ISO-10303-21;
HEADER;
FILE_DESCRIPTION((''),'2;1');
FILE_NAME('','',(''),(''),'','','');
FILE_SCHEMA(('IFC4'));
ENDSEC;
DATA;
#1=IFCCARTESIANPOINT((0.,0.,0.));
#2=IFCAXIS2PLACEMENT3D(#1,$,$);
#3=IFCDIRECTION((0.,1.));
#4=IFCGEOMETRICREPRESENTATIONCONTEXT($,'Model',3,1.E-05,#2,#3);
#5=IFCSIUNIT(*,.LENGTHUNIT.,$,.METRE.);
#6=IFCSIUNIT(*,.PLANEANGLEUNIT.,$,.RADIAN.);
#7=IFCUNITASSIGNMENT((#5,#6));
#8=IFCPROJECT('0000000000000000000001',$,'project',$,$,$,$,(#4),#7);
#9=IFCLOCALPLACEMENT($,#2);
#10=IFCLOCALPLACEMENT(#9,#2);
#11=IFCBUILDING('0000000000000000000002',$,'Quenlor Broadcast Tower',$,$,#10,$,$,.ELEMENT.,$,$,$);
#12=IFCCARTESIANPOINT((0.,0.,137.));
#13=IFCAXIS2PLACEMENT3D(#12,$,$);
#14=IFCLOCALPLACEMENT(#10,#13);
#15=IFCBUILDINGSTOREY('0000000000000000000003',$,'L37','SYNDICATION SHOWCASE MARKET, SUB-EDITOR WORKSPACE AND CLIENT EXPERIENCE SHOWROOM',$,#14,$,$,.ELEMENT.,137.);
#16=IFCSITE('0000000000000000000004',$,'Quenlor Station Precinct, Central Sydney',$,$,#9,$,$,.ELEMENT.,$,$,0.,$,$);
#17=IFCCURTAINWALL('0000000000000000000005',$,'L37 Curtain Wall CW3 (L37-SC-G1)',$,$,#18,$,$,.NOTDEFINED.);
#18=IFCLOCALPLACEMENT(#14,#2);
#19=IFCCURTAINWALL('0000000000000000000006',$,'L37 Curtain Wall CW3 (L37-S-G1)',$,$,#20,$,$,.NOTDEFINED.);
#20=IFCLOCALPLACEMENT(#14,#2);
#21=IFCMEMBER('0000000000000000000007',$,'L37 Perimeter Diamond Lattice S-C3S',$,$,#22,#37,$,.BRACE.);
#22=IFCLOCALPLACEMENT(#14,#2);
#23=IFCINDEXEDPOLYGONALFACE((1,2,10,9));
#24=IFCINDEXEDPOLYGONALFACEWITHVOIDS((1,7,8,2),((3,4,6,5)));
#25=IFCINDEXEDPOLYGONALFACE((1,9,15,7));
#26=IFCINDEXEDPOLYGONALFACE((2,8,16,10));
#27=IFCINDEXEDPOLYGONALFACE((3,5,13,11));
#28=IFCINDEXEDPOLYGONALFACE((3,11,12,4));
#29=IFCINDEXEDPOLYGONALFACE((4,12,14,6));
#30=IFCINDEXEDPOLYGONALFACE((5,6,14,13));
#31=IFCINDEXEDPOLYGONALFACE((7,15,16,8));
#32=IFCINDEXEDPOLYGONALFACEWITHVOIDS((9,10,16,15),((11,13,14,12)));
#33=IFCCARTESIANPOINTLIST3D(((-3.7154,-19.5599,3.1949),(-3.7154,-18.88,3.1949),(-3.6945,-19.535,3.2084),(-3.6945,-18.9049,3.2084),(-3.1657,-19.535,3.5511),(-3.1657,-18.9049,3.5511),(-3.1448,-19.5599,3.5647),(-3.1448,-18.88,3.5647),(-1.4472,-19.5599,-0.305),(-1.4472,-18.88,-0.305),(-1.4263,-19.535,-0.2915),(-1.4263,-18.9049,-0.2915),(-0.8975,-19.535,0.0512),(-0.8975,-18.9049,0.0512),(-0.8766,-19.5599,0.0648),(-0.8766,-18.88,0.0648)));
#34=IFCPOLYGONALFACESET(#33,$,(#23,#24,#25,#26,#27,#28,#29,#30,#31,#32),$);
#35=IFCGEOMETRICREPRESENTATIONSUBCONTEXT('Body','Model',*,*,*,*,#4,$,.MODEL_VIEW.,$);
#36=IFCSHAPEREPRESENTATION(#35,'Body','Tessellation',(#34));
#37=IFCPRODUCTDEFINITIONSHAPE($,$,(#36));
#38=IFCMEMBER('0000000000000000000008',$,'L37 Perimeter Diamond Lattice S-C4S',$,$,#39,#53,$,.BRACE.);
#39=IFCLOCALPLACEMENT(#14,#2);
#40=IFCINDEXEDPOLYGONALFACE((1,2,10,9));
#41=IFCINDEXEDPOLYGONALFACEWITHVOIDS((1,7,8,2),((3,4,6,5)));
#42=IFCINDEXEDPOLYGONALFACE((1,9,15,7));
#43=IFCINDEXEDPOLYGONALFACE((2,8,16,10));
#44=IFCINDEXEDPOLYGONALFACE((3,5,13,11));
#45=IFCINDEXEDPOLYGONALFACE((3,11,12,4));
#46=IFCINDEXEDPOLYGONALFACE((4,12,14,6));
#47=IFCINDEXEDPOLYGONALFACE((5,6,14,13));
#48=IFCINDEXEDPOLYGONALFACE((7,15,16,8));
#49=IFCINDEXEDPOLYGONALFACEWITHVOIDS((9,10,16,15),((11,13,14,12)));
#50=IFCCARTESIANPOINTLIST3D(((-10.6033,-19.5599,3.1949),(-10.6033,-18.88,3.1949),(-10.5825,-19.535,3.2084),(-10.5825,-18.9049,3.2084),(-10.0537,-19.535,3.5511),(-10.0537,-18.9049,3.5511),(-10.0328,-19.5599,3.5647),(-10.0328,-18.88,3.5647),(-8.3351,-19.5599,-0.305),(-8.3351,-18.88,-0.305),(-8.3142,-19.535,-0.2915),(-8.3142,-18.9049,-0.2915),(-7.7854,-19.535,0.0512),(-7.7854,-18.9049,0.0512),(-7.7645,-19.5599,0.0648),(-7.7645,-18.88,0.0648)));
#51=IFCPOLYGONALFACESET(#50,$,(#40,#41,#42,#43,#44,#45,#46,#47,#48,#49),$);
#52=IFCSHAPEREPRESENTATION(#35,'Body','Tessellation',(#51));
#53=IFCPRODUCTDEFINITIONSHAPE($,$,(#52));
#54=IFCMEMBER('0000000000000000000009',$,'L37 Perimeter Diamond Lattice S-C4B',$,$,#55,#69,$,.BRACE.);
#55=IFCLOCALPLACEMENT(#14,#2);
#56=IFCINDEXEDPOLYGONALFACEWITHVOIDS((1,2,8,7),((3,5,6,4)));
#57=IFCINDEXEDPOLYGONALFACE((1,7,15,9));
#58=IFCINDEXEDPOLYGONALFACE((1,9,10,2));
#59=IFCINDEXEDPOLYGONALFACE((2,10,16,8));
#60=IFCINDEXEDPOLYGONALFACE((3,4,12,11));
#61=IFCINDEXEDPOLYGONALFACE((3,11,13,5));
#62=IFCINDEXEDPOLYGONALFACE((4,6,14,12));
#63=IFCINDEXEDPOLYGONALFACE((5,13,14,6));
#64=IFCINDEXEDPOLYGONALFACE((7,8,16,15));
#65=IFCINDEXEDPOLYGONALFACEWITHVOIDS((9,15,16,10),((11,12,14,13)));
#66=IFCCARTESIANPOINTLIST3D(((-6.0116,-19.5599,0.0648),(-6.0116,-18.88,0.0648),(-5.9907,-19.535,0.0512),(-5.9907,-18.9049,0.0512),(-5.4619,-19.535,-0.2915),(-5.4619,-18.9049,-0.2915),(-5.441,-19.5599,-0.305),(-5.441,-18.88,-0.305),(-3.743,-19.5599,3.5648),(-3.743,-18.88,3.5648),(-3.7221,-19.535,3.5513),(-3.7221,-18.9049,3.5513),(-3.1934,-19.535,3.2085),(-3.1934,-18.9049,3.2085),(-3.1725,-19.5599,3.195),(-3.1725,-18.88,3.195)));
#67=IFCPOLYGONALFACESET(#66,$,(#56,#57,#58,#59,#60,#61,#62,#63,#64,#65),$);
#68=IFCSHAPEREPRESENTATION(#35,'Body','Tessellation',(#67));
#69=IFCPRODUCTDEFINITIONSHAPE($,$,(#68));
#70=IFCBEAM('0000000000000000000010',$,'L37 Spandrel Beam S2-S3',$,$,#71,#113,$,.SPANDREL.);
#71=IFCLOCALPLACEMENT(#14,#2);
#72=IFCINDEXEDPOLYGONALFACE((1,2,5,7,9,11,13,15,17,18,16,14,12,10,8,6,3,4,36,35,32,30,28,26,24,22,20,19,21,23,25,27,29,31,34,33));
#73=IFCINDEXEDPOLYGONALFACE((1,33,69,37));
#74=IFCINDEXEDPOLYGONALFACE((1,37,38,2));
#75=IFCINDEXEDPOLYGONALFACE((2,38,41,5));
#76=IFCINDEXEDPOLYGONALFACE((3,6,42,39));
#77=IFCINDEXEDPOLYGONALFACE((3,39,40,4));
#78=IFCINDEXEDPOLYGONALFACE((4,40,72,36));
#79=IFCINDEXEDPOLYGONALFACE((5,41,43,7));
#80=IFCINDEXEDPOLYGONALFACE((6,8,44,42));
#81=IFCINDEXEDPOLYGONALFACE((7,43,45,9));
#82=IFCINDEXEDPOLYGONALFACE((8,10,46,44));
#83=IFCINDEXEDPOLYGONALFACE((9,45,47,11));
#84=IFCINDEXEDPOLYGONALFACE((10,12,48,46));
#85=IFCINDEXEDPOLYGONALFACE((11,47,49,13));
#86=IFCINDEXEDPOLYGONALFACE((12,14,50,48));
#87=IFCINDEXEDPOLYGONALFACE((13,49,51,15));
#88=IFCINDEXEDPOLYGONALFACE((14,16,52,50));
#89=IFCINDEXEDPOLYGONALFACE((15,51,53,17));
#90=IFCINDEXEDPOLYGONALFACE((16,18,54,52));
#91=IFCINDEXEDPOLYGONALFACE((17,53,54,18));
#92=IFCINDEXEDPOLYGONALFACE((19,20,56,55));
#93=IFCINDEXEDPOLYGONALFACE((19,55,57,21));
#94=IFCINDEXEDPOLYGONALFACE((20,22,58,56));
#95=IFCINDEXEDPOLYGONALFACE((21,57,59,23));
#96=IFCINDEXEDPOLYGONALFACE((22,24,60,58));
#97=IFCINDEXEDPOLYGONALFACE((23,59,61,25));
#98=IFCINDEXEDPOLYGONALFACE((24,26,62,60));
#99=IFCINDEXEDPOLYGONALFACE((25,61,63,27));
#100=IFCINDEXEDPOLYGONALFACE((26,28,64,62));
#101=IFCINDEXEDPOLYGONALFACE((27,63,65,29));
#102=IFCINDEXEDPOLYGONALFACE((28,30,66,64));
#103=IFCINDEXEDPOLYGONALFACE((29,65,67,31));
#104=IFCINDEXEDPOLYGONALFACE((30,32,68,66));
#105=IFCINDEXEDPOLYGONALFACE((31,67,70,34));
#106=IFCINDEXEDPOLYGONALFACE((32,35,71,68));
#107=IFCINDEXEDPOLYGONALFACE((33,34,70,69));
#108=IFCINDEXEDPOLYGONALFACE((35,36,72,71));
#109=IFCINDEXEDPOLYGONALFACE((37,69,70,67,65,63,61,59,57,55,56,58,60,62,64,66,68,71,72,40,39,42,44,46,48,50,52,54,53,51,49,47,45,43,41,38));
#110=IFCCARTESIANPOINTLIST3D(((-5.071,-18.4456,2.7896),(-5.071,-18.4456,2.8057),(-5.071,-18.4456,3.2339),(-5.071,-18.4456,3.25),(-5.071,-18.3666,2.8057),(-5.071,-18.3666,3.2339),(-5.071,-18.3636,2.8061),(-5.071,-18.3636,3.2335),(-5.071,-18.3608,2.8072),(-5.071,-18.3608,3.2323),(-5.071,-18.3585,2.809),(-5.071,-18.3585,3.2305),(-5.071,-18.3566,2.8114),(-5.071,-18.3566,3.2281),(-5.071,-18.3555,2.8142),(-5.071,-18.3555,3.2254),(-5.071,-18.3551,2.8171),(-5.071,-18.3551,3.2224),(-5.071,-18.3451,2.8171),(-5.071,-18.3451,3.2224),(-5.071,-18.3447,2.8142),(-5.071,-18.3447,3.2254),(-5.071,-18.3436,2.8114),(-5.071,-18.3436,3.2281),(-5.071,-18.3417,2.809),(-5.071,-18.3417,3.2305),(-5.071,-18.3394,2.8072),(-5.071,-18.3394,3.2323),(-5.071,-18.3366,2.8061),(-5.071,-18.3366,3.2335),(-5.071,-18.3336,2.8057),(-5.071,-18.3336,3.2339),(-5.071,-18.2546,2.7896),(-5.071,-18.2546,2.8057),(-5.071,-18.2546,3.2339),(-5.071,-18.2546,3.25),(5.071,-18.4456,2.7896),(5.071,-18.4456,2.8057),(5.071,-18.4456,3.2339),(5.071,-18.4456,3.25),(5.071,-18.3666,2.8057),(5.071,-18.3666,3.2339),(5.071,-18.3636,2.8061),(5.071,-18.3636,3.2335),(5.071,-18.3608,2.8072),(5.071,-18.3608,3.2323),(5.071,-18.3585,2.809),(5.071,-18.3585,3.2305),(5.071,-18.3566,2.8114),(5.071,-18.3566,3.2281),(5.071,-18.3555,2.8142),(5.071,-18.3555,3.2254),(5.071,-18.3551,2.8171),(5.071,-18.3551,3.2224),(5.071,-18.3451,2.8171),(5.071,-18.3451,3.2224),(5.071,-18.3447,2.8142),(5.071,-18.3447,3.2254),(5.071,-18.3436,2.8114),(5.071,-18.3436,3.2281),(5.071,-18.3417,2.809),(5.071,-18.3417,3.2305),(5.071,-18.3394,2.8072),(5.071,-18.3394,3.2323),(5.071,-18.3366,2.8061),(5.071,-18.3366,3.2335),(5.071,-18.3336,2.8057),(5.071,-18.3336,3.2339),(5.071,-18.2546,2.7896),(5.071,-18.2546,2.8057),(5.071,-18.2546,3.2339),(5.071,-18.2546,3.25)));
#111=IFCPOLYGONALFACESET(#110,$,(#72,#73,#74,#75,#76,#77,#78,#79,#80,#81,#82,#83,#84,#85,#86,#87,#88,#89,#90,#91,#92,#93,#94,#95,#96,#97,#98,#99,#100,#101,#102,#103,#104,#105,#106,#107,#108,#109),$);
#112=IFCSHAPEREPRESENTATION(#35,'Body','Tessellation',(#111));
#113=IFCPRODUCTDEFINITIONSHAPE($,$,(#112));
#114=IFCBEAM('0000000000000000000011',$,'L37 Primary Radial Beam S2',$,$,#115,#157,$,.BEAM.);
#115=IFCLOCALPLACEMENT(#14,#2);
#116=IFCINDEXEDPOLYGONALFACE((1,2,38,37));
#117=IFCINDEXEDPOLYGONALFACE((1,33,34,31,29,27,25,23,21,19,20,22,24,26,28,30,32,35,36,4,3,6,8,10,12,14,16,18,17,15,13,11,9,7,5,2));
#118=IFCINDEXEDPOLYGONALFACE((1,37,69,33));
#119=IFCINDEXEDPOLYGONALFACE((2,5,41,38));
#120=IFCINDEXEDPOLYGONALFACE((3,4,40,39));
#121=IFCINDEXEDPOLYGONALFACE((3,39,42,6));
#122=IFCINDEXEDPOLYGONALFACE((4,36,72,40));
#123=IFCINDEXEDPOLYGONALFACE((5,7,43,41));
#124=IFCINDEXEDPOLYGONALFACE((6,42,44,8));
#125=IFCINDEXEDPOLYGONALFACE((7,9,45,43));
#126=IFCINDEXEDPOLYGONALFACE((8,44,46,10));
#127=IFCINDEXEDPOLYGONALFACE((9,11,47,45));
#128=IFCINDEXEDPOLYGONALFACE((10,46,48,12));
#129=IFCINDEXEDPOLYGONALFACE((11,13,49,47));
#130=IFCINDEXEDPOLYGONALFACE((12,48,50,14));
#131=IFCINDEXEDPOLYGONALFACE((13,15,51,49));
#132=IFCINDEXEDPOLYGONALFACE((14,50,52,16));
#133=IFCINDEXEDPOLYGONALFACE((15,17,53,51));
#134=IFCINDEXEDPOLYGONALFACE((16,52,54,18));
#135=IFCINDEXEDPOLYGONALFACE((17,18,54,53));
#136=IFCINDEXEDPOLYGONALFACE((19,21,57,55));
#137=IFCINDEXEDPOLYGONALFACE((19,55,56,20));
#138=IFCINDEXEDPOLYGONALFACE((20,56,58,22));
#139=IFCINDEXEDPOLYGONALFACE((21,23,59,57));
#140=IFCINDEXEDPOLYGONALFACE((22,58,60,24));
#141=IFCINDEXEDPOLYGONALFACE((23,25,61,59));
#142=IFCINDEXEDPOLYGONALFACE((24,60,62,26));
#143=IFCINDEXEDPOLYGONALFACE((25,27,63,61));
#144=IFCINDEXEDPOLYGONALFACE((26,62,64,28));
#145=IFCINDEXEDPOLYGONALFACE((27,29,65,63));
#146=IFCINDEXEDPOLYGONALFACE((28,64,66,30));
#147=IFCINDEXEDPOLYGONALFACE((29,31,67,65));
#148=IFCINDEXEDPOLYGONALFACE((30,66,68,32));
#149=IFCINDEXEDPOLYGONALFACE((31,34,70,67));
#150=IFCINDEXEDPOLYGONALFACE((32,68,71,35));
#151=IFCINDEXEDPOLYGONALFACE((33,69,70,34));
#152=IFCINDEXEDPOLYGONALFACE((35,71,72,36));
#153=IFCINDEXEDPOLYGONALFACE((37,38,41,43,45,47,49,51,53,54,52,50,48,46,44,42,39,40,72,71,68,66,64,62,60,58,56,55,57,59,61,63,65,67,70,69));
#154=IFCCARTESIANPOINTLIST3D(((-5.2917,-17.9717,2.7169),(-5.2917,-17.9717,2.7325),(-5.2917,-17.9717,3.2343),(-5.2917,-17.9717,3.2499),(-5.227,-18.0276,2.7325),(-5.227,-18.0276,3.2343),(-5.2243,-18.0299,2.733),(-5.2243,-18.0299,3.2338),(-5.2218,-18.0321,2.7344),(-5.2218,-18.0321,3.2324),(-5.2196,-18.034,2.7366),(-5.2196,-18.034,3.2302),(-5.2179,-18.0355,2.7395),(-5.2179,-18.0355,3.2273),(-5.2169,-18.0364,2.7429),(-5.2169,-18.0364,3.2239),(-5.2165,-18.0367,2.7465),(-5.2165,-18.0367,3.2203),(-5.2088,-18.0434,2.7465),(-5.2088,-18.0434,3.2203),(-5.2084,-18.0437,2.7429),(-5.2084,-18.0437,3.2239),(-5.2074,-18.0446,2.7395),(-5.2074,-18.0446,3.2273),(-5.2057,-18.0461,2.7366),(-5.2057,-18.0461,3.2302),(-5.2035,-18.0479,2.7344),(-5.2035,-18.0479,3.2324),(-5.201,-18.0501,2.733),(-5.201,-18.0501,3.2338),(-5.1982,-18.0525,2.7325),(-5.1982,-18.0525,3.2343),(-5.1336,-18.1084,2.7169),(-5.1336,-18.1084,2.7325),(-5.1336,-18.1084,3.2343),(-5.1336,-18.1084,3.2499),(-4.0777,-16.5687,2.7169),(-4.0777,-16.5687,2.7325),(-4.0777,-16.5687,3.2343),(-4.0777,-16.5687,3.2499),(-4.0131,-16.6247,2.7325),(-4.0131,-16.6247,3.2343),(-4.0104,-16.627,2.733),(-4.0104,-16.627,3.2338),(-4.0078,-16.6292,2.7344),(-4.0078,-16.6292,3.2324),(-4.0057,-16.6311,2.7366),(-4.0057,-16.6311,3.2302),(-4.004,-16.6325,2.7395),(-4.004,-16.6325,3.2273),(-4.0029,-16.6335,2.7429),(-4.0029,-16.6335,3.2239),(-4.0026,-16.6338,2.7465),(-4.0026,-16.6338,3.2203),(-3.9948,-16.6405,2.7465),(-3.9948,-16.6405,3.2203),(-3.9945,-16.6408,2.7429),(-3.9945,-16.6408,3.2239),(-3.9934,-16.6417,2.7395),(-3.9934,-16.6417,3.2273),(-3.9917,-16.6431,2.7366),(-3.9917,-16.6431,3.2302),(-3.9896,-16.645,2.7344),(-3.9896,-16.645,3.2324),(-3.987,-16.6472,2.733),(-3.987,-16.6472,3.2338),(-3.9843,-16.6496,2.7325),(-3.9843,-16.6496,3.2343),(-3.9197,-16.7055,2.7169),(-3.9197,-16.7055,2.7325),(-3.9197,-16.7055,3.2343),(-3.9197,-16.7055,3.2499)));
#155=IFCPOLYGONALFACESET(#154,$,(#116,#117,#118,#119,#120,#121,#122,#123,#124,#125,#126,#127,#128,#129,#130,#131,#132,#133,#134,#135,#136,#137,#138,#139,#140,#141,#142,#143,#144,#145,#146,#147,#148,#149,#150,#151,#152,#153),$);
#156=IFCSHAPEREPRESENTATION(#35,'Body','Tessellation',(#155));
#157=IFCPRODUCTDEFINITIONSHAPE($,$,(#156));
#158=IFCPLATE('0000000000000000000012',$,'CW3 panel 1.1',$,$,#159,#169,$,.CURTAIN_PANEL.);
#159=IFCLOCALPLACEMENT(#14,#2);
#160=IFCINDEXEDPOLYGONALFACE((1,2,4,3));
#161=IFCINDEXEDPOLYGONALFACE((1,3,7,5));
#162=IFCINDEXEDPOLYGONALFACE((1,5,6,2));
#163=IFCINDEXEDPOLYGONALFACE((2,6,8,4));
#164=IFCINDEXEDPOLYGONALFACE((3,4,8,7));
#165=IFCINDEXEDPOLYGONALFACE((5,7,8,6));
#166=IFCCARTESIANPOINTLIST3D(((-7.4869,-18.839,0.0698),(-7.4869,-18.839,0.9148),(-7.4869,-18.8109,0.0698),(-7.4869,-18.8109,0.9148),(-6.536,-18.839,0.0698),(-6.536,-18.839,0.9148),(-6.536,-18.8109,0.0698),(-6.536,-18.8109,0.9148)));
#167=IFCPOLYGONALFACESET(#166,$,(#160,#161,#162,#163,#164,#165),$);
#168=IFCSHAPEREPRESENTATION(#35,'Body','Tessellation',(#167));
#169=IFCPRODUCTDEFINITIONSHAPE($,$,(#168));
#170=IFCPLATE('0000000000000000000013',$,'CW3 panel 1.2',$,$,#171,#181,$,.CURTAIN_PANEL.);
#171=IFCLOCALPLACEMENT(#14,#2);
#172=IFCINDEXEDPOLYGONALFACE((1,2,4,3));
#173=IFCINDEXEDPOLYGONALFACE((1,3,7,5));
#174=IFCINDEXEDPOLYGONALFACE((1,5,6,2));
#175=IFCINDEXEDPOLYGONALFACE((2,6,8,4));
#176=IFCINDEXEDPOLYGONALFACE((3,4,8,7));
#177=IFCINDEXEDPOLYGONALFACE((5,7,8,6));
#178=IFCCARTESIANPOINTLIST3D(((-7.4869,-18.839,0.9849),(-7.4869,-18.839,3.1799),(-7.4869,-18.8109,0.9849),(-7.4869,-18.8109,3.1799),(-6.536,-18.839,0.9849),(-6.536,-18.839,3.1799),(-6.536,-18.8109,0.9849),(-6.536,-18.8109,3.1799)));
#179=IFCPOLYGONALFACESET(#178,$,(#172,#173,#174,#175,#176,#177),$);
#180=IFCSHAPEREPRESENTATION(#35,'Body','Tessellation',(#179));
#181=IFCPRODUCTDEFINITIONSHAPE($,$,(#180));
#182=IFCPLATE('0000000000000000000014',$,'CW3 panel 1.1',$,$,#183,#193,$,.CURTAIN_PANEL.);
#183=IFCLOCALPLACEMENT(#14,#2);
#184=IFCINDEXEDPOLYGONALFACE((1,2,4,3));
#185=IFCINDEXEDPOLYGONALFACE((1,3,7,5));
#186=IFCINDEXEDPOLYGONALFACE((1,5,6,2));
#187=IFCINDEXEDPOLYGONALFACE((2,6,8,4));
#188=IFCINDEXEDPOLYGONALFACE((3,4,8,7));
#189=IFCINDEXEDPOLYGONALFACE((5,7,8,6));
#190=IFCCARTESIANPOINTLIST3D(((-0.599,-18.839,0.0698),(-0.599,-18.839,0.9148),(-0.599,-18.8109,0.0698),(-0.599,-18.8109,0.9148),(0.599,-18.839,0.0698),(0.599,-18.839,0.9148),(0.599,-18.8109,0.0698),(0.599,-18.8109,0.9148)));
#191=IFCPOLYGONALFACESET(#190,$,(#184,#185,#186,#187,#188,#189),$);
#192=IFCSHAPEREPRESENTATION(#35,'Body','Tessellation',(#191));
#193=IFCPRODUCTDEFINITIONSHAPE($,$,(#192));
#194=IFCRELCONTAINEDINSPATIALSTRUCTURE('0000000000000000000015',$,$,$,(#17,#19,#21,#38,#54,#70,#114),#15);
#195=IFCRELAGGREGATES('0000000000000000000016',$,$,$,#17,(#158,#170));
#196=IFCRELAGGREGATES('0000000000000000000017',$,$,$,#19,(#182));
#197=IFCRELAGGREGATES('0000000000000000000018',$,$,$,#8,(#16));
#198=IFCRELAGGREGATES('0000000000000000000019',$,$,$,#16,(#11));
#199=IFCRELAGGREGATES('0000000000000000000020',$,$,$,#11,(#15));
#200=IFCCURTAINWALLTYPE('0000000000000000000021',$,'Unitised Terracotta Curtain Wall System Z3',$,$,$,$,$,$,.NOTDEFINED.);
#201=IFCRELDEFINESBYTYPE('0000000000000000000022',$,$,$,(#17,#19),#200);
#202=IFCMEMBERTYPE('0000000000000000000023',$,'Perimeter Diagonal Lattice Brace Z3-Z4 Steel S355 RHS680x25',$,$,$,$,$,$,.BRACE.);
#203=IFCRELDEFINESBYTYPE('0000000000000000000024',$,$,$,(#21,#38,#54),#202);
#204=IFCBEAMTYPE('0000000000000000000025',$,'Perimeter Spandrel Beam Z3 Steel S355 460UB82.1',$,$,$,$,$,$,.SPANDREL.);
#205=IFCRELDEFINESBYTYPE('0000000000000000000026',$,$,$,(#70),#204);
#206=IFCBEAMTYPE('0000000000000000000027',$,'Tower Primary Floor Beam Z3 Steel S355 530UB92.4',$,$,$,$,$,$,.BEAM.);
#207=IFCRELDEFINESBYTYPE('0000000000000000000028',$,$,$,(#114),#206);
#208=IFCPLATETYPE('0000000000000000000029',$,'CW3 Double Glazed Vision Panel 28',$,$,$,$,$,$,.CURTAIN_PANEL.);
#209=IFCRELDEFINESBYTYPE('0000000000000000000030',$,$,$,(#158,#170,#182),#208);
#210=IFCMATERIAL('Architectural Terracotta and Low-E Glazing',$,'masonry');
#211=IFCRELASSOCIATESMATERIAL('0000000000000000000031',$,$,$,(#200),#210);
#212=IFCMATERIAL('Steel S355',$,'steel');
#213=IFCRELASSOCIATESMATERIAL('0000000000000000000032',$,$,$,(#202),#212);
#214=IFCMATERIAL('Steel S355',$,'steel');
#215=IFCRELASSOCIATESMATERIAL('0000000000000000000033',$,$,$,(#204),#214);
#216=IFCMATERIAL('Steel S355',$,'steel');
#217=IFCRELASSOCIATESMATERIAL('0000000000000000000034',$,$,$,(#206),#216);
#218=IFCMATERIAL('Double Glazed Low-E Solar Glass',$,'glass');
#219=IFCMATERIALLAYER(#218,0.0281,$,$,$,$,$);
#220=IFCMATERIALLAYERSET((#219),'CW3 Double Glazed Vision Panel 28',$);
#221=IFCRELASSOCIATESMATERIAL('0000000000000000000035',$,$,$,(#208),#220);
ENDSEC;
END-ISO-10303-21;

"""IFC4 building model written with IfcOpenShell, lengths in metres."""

from ifc_helpers import new_model, si_unit, direction, frame, origin, origin_2d, place, context, subcontext, project, spatial, rectangle, hollow_rectangle, i_section, extrude, material, layer, layer_set, material_profile, profile_set, type_object, element, aggregate, save


model = new_model("IFC4")

# Units and contexts
model_context = context("Model", 3, precision=1e-05, world=origin(), true_north=direction((0.0, 1.0)))
body_context = subcontext(model_context, "Body", "Model", "MODEL_VIEW")
ifc_project = project(units=[si_unit("LENGTHUNIT", "METRE"), si_unit("PLANEANGLEUNIT", "RADIAN")], contexts=[model_context])

# Site, building, storey
site_placement = place(None, origin())
site = spatial("IfcSite", under=ifc_project, at=site_placement, Name="Quenlor Station Precinct, Central Sydney", CompositionType="ELEMENT", RefElevation=0.0)
building_placement = place(site_placement, origin())
building = spatial("IfcBuilding", under=site, at=building_placement, Name="Quenlor Broadcast Tower", CompositionType="ELEMENT")
storey_placement = place(building_placement, frame((0.0, 0.0, 137.0)))
storey = spatial("IfcBuildingStorey", under=building, at=storey_placement, Name="L37", Description="SYNDICATION SHOWCASE MARKET, SUB-EDITOR WORKSPACE AND CLIENT EXPERIENCE SHOWROOM", CompositionType="ELEMENT", Elevation=137.0)

# Curtain wall
ifc_material_1 = material(Name="Architectural Terracotta and Low-E Glazing", Category="masonry")
curtain_wall_type = type_object("IfcCurtainWallType", Name="Unitised Terracotta Curtain Wall System Z3", PredefinedType="NOTDEFINED", material=ifc_material_1)
curtain_wall_1_placement = place(storey_placement, origin())
curtain_wall_1 = element("IfcCurtainWall", 1, at=curtain_wall_1_placement, inside=storey, type_object=curtain_wall_type, Name="L37 Curtain Wall CW3 (L37-SC-G1)", PredefinedType="NOTDEFINED")

# Curtain wall
curtain_wall_2_placement = place(storey_placement, origin())
curtain_wall_2 = element("IfcCurtainWall", 2, at=curtain_wall_2_placement, inside=storey, type_object=curtain_wall_type, Name="L37 Curtain Wall CW3 (L37-S-G1)", PredefinedType="NOTDEFINED")

# Members
ifc_material_2 = material(Name="Steel S355", Category="steel")
ifc_material_profile_1 = material_profile(ifc_material_2, hollow_rectangle(XDim=0.6799, YDim=0.6799, WallThickness=0.0249, at=origin_2d()))
ifc_profile_set_1 = profile_set([ifc_material_profile_1], Name="Steel S355 RHS680x680x25")
member_type_1 = type_object("IfcMemberType", Name="Perimeter Diagonal Lattice Brace Z3-Z4 Steel S355 RHS680x25", PredefinedType="BRACE", material=ifc_profile_set_1)
for number, where, z_axis, x_axis, name in (
    (3, (-1.1619, -19.22, -0.1201), (-0.54386, 0.0, 0.839176), (0.0, -1.0, 0.0), "L37 Perimeter Diamond Lattice S-C3S"),
    (4, (-8.0498, -19.22, -0.1201), (-0.54386, 0.0, 0.839176), (0.0, -1.0, 0.0), "L37 Perimeter Diamond Lattice S-C4S"),
):
    element("IfcMember", number, at=place(storey_placement, frame(where, z_axis=z_axis, x_axis=x_axis)), inside=storey, type_object=member_type_1, Name=name, PredefinedType="BRACE", context=body_context, shape_type="SweptSolid", body=[
        extrude(hollow_rectangle(XDim=0.6799, YDim=0.6799, WallThickness=0.0249, at=origin_2d()), origin(), (0.0, 0.0, 1.0), 4.1707),
    ])
member_1_placement = place(storey_placement, frame((-5.7263, -19.22, -0.1201), z_axis=(0.543902, 0.0, 0.839149), x_axis=(0.0, 1.0, 0.0)))
element("IfcMember", 5, at=member_1_placement, inside=storey, type_object=member_type_1, Name="L37 Perimeter Diamond Lattice S-C4B", PredefinedType="BRACE", context=body_context, shape_type="SweptSolid", body=[
    extrude(hollow_rectangle(XDim=0.6799, YDim=0.6799, WallThickness=0.0249, at=origin_2d()), origin(), (0.0, 0.0, 1.0), 4.1709),
])

# Beams
ifc_material_3 = material(Name="Steel S355", Category="steel")
ifc_material_profile_2 = material_profile(ifc_material_3, i_section(OverallWidth=0.1909, OverallDepth=0.4604, WebThickness=0.01, FlangeThickness=0.0161, FilletRadius=0.0115, at=origin_2d()))
ifc_profile_set_2 = profile_set([ifc_material_profile_2], Name="Steel S355 460UB82.1")
beam_type_1 = type_object("IfcBeamType", Name="Perimeter Spandrel Beam Z3 Steel S355 460UB82.1", PredefinedType="SPANDREL", material=ifc_profile_set_2)
beam_1_placement = place(storey_placement, frame((-5.071, -18.3501, 3.0198), z_axis=(1.0, 0.0, 0.0), x_axis=(0.0, 1.0, 0.0)))
element("IfcBeam", 6, at=beam_1_placement, inside=storey, type_object=beam_type_1, Name="L37 Spandrel Beam S2-S3", PredefinedType="SPANDREL", context=body_context, shape_type="SweptSolid", body=[
    extrude(i_section(OverallWidth=0.1909, OverallDepth=0.4604, WebThickness=0.01, FlangeThickness=0.0161, FilletRadius=0.0115, at=origin_2d()), origin(), (0.0, 0.0, 1.0), 10.1421),
])
ifc_material_4 = material(Name="Steel S355", Category="steel")
ifc_material_profile_3 = material_profile(ifc_material_4, i_section(OverallWidth=0.209, OverallDepth=0.533, WebThickness=0.0103, FlangeThickness=0.0156, FilletRadius=0.0139, at=origin_2d()))
ifc_profile_set_3 = profile_set([ifc_material_profile_3], Name="Steel S355 530UB92.4")
beam_type_2 = type_object("IfcBeamType", Name="Tower Primary Floor Beam Z3 Steel S355 530UB92.4", PredefinedType="BEAM", material=ifc_profile_set_3)
beam_2_placement = place(storey_placement, frame((-5.2126, -18.04, 2.9834), z_axis=(0.654339, 0.756201, 0.0), x_axis=(-0.756201, 0.654339, 0.0)))
element("IfcBeam", 7, at=beam_2_placement, inside=storey, type_object=beam_type_2, Name="L37 Primary Radial Beam S2", PredefinedType="BEAM", context=body_context, shape_type="SweptSolid", body=[
    extrude(i_section(OverallWidth=0.209, OverallDepth=0.533, WebThickness=0.0103, FlangeThickness=0.0156, FilletRadius=0.0139, at=origin_2d()), origin(), (0.0, 0.0, 1.0), 1.8552),
])

# Plates
ifc_material_5 = material(Name="Double Glazed Low-E Solar Glass", Category="glass")
ifc_layer_1 = layer(ifc_material_5, 0.0281)
ifc_layer_set_1 = layer_set([ifc_layer_1], Name="CW3 Double Glazed Vision Panel 28")
plate_type_1 = type_object("IfcPlateType", Name="CW3 Double Glazed Vision Panel 28", PredefinedType="CURTAIN_PANEL", material=ifc_layer_set_1)
plate_1_placement = place(storey_placement, frame((-7.0115, -18.825, 0.0698), z_axis=(0.0, 0.0, 1.0), x_axis=(-1.0, 0.0, 0.0)))
plate_1 = element("IfcPlate", 8, at=plate_1_placement, type_object=plate_type_1, Name="CW3 panel 1.1", PredefinedType="CURTAIN_PANEL", context=body_context, shape_type="SweptSolid", body=[
    extrude(rectangle(XDim=0.9509, YDim=0.0281, at=origin_2d()), origin(), (0.0, 0.0, 1.0), 0.845),
])
plate_2_placement = place(storey_placement, frame((-7.0115, -18.825, 0.9849), z_axis=(0.0, 0.0, 1.0), x_axis=(-1.0, 0.0, 0.0)))
plate_2 = element("IfcPlate", 9, at=plate_2_placement, type_object=plate_type_1, Name="CW3 panel 1.2", PredefinedType="CURTAIN_PANEL", context=body_context, shape_type="SweptSolid", body=[
    extrude(rectangle(XDim=0.9509, YDim=0.0281, at=origin_2d()), origin(), (0.0, 0.0, 1.0), 2.1951),
])
aggregate(curtain_wall_1, [plate_1, plate_2])
plate_3_placement = place(storey_placement, frame((0.0, -18.825, 0.0698), z_axis=(0.0, 0.0, 1.0), x_axis=(-1.0, 0.0, 0.0)))
plate_3 = element("IfcPlate", 10, at=plate_3_placement, type_object=plate_type_1, Name="CW3 panel 1.1", PredefinedType="CURTAIN_PANEL", context=body_context, shape_type="SweptSolid", body=[
    extrude(rectangle(XDim=1.198, YDim=0.0281, at=origin_2d()), origin(), (0.0, 0.0, 1.0), 0.845),
])
aggregate(curtain_wall_2, [plate_3])

save(model, "model.ifc")
